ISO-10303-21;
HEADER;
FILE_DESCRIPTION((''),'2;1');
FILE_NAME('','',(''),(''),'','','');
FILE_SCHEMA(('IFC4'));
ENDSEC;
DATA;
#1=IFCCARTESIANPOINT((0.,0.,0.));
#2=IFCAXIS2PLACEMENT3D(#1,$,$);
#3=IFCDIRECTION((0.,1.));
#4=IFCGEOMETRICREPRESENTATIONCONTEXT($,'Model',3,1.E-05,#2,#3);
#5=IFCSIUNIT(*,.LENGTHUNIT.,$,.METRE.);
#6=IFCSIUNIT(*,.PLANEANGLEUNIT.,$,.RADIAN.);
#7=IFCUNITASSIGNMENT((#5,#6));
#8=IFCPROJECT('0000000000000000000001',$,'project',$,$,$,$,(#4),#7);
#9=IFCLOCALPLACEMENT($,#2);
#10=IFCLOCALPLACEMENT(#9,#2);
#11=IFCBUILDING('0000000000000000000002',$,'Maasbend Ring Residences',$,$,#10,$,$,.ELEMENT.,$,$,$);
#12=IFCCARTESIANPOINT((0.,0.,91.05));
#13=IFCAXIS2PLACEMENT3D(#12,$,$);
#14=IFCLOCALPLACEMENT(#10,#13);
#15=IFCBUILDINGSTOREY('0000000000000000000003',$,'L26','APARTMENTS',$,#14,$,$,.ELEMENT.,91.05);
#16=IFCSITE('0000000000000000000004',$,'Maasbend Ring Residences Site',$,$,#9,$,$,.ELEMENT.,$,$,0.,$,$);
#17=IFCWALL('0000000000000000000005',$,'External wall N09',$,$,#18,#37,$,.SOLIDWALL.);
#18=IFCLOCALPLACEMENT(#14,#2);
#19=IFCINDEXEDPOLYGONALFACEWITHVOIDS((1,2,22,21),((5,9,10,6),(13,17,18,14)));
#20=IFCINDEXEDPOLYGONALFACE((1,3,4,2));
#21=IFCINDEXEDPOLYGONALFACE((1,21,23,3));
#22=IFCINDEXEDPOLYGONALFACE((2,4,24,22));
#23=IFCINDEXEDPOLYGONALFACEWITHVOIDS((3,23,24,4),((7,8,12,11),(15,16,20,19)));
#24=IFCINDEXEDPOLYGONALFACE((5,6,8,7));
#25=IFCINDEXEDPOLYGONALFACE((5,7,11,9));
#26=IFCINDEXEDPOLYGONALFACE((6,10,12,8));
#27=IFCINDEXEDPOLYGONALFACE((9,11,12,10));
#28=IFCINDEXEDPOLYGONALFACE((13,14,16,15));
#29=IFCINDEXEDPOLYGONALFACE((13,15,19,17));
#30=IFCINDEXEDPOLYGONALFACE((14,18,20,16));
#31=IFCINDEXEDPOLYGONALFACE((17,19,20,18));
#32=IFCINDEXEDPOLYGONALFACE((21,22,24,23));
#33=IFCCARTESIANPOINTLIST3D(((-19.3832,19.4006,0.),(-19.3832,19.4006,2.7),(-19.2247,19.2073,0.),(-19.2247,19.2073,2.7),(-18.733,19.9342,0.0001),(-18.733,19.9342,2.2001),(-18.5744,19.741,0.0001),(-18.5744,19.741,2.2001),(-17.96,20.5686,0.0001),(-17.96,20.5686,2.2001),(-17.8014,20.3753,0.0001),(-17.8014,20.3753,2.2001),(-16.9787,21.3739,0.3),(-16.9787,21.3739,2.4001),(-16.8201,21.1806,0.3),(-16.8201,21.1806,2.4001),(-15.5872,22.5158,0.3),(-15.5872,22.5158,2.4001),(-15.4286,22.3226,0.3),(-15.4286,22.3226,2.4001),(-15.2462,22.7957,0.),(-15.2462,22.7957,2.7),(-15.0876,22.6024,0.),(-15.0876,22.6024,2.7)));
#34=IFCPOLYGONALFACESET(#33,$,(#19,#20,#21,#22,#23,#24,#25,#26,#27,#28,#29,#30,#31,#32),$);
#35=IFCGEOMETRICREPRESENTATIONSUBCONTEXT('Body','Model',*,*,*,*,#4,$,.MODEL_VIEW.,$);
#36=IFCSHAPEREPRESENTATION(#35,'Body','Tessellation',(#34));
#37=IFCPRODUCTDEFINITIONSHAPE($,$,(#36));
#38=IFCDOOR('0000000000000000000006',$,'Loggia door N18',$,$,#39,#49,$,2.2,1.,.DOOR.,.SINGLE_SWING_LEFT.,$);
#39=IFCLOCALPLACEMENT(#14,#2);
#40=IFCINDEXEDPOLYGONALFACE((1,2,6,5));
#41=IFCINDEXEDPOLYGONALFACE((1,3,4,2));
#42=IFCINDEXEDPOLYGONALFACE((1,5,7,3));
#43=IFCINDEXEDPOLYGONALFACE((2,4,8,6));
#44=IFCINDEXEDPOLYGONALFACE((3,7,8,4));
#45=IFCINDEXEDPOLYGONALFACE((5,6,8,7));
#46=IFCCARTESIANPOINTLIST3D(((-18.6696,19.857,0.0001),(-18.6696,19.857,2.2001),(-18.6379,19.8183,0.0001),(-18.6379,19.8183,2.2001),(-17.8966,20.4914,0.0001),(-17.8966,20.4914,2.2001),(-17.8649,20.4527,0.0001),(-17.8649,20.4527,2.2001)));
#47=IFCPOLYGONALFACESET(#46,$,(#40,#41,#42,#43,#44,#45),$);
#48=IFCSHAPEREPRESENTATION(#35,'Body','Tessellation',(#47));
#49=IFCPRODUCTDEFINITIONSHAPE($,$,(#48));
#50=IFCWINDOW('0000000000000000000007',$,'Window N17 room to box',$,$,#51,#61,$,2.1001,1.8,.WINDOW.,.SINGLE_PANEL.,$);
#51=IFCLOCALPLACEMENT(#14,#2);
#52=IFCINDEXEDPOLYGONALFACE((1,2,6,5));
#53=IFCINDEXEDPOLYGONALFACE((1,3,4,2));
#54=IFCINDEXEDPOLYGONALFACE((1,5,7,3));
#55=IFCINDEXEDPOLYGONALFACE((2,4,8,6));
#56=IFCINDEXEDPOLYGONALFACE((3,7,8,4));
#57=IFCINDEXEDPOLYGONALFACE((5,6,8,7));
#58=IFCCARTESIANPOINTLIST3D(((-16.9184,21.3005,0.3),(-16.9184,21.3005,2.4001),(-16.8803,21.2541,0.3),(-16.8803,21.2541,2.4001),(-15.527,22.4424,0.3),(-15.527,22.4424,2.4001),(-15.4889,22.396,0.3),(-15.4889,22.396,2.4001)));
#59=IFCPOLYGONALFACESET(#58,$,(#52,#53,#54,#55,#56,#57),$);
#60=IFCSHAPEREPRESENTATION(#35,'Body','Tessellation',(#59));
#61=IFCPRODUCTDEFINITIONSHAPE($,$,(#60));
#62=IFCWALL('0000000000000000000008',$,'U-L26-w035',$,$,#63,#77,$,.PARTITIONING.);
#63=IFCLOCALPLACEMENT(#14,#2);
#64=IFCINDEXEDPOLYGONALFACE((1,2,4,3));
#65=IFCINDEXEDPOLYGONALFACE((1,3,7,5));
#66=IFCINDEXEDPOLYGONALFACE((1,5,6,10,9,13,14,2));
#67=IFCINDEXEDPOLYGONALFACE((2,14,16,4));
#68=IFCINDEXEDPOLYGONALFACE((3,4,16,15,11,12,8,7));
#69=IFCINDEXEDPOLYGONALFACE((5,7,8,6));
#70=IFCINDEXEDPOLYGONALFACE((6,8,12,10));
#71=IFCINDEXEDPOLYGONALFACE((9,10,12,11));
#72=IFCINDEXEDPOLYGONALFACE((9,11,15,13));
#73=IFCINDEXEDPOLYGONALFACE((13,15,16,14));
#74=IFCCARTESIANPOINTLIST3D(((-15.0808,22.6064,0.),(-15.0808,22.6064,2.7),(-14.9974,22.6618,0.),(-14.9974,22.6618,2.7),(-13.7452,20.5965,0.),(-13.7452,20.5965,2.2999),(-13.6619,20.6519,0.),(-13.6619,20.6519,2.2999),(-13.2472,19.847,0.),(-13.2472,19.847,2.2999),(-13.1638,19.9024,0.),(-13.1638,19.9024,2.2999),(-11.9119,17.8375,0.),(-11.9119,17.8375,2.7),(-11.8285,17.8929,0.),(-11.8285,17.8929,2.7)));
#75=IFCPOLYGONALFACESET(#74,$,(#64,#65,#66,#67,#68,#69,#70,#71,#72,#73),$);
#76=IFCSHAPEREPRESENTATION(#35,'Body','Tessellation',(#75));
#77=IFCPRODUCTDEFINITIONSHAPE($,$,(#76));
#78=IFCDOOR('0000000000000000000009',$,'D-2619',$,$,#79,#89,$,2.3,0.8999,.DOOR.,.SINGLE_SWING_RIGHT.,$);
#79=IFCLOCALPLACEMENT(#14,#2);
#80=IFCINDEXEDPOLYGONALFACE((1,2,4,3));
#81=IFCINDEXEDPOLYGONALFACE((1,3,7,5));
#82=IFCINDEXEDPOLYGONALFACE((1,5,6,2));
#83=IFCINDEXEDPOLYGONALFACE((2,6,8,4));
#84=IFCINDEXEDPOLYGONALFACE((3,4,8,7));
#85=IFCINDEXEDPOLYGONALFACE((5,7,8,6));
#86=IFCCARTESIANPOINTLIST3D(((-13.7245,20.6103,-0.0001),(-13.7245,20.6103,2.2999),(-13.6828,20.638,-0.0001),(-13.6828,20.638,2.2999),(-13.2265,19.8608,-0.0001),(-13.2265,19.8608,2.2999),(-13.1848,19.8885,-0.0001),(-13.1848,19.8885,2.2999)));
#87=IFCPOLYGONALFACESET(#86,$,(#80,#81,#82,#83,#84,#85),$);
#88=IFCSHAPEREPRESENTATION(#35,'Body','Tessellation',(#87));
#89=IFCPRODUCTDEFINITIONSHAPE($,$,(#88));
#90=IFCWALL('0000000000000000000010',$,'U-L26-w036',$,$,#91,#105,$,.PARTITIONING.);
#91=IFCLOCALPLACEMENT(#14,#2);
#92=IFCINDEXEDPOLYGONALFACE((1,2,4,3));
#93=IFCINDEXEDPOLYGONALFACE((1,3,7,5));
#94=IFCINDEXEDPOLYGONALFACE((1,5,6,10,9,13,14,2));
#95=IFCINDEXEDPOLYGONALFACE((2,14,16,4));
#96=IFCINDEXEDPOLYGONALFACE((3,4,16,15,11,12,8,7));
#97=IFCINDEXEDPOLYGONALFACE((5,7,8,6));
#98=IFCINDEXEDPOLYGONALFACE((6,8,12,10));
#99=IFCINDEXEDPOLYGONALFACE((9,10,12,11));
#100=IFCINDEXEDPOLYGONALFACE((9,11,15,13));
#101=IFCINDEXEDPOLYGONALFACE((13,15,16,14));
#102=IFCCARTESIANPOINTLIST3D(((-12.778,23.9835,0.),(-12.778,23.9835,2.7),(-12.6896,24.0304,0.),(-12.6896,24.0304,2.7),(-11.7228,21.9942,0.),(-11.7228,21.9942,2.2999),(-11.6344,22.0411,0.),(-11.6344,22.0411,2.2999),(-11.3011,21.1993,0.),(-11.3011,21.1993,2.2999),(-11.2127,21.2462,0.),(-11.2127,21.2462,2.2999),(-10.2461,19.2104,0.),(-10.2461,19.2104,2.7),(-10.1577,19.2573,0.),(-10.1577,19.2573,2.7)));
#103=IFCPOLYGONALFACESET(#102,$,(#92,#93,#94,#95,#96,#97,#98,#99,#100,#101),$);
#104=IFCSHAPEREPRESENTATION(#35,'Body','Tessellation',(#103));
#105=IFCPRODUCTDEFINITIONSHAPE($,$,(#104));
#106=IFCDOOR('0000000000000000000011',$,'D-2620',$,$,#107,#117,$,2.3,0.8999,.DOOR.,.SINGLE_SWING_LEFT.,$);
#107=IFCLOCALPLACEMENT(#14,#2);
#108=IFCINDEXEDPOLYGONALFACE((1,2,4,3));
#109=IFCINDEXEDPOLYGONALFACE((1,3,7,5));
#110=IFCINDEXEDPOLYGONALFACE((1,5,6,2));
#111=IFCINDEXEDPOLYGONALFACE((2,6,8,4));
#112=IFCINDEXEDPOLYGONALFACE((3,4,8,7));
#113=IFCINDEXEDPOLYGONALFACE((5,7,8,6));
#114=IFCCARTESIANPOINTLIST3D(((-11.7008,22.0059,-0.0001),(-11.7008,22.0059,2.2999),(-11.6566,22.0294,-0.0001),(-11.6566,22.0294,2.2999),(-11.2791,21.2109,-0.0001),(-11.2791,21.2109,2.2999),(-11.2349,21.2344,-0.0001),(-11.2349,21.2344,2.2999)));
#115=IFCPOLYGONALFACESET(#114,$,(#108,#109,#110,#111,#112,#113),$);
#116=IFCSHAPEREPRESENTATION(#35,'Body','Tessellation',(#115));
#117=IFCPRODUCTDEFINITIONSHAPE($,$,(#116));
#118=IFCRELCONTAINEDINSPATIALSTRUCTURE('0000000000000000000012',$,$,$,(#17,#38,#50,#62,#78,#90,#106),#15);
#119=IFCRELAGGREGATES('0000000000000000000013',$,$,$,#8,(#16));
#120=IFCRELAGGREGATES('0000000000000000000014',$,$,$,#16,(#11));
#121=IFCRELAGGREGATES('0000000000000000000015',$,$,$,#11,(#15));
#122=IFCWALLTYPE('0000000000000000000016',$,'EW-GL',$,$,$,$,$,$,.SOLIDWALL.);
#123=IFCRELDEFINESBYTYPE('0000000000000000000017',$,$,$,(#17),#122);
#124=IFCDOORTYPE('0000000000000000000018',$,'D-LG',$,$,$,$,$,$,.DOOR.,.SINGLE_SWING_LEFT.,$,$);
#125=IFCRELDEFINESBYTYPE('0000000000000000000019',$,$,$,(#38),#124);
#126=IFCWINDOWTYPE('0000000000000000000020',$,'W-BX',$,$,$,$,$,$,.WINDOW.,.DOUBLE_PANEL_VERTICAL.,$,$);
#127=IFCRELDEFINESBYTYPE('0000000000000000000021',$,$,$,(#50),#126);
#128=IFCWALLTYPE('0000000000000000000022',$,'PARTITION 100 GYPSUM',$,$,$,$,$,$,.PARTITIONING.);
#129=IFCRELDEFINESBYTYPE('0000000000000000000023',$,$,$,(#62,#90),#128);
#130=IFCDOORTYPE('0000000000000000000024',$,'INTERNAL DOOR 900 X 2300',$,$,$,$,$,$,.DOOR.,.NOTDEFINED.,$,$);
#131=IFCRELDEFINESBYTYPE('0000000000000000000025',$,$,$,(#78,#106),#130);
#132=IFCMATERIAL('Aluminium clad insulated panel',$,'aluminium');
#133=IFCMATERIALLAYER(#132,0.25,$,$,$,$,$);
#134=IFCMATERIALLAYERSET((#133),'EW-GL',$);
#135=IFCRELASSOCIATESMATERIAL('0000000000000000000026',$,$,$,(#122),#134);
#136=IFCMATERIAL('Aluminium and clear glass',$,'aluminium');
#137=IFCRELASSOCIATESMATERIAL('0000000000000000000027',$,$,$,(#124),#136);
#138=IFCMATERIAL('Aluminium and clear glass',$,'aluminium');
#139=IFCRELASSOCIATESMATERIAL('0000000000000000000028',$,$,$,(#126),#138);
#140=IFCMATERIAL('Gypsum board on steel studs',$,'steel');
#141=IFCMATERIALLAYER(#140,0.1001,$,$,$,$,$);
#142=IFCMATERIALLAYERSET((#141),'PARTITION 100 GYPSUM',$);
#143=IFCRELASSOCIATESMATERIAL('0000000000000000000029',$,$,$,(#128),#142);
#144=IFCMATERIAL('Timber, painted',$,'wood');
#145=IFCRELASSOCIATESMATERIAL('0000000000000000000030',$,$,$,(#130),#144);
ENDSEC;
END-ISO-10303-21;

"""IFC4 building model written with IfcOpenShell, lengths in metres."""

from ifc_helpers import new_model, si_unit, direction, frame, frame_2d, origin, place, context, subcontext, project, spatial, rectangle, extrude, material, layer, layer_set, type_object, element, fill, save


model = new_model("IFC4")

# Units and contexts
model_context = context("Model", 3, precision=1e-05, world=origin(), true_north=direction((0.0, 1.0)))
body_context = subcontext(model_context, "Body", "Model", "MODEL_VIEW")
ifc_project = project(units=[si_unit("LENGTHUNIT", "METRE"), si_unit("PLANEANGLEUNIT", "RADIAN")], contexts=[model_context])

# Site, building, storey
site_placement = place(None, origin())
site = spatial("IfcSite", under=ifc_project, at=site_placement, Name="Maasbend Ring Residences Site", CompositionType="ELEMENT", RefElevation=0.0)
building_placement = place(site_placement, origin())
building = spatial("IfcBuilding", under=site, at=building_placement, Name="Maasbend Ring Residences", CompositionType="ELEMENT")
storey_placement = place(building_placement, frame((0.0, 0.0, 91.05)))
storey = spatial("IfcBuildingStorey", under=building, at=storey_placement, Name="L26", Description="APARTMENTS", CompositionType="ELEMENT", Elevation=91.05)

# Wall, openings, door, window
ifc_material_1 = material(Name="Aluminium clad insulated panel", Category="aluminium")
ifc_layer_1 = layer(ifc_material_1, 0.25)
ifc_layer_set_1 = layer_set([ifc_layer_1], Name="EW-GL")
wall_type_1 = type_object("IfcWallType", Name="EW-GL", PredefinedType="SOLIDWALL", material=ifc_layer_set_1)
ifc_material_2 = material(Name="Aluminium and clear glass", Category="aluminium")
door_type_1 = type_object("IfcDoorType", Name="D-LG", OperationType="SINGLE_SWING_LEFT", PredefinedType="DOOR", material=ifc_material_2)
ifc_material_3 = material(Name="Aluminium and clear glass", Category="aluminium")
window_type_1 = type_object("IfcWindowType", Name="W-BX", PartitioningType="DOUBLE_PANEL_VERTICAL", PredefinedType="WINDOW", material=ifc_material_3)
wall_1_placement = place(storey_placement, frame((-15.167, 22.699, 0.0), z_axis=(0.0, 0.0, 1.0), x_axis=(-0.773019, -0.634382, 0.0)))
wall_1 = element("IfcWall", 1, at=wall_1_placement, inside=storey, type_object=wall_type_1, Name="External wall N09", PredefinedType="SOLIDWALL", context=body_context, shape_type="SweptSolid", body=[
    extrude(rectangle(XDim=5.3518, YDim=0.25, at=frame_2d((2.6758, 0.0))), origin(), (0.0, 0.0, 1.0), 2.7),
])
opening_1_placement = place(wall_1_placement, frame((0.4412, 0.0, 0.3)))
opening_1 = element("IfcOpeningElement", 2, at=opening_1_placement, cuts=wall_1, PredefinedType="OPENING", context=body_context, shape_type="SweptSolid", body=[
    extrude(rectangle(XDim=1.8, YDim=2.1001, at=frame_2d((0.8999, 1.05))), frame((0.0, 0.135, 0.0), z_axis=(0.0, -1.0, 0.0), x_axis=(1.0, 0.0, 0.0)), (0.0, 0.0, 1.0), 0.27),
])
opening_2_placement = place(wall_1_placement, frame((3.5105, 0.0, 0.0)))
opening_2 = element("IfcOpeningElement", 3, at=opening_2_placement, cuts=wall_1, PredefinedType="OPENING", context=body_context, shape_type="SweptSolid", body=[
    extrude(rectangle(XDim=1.0, YDim=2.2, at=frame_2d((0.5, 1.1001))), frame((0.0, 0.135, 0.0), z_axis=(0.0, -1.0, 0.0), x_axis=(1.0, 0.0, 0.0)), (0.0, 0.0, 1.0), 0.27),
])
door_1_placement = place(opening_2_placement, origin())
door_1 = element("IfcDoor", 4, at=door_1_placement, inside=storey, type_object=door_type_1, Name="Loggia door N18", OperationType="SINGLE_SWING_LEFT", OverallHeight=2.2, OverallWidth=1.0, PredefinedType="DOOR", context=body_context, shape_type="SweptSolid", body=[
    extrude(rectangle(XDim=1.0, YDim=2.2, at=frame_2d((0.5, 1.1001))), frame((0.0, 0.0249, 0.0), z_axis=(0.0, -1.0, 0.0), x_axis=(1.0, 0.0, 0.0)), (0.0, 0.0, 1.0), 0.05),
])
fill(opening_2, door_1)
window_1_placement = place(opening_1_placement, origin())
window_1 = element("IfcWindow", 5, at=window_1_placement, inside=storey, type_object=window_type_1, Name="Window N17 room to box", OverallHeight=2.1001, OverallWidth=1.8, PartitioningType="SINGLE_PANEL", PredefinedType="WINDOW", context=body_context, shape_type="SweptSolid", body=[
    extrude(rectangle(XDim=1.8, YDim=2.1001, at=frame_2d((0.8999, 1.05))), frame((0.0, 0.03, 0.0), z_axis=(0.0, -1.0, 0.0), x_axis=(1.0, 0.0, 0.0)), (0.0, 0.0, 1.0), 0.0601),
])
fill(opening_1, window_1)

# Walls, openings, doors
ifc_material_4 = material(Name="Gypsum board on steel studs", Category="steel")
ifc_layer_2 = layer(ifc_material_4, 0.1001)
ifc_layer_set_2 = layer_set([ifc_layer_2], Name="PARTITION 100 GYPSUM")
wall_type_2 = type_object("IfcWallType", Name="PARTITION 100 GYPSUM", PredefinedType="PARTITIONING", material=ifc_layer_set_2)
wall_2_placement = place(storey_placement, frame((-15.0391, 22.634, 0.0), z_axis=(0.0, 0.0, 1.0), x_axis=(0.55344, -0.832889, 0.0)))
wall_2 = element("IfcWall", 6, at=wall_2_placement, inside=storey, type_object=wall_type_2, Name="U-L26-w035", PredefinedType="PARTITIONING", context=body_context, shape_type="SweptSolid", body=[
    extrude(rectangle(XDim=5.7258, YDim=0.1001, at=frame_2d((2.8628, 0.0))), origin(), (0.0, 0.0, 1.0), 2.7),
])
opening_3_placement = place(wall_2_placement, frame((2.4131, 0.0, 0.0)))
opening_3 = element("IfcOpeningElement", 7, at=opening_3_placement, cuts=wall_2, PredefinedType="OPENING", context=body_context, shape_type="SweptSolid", body=[
    extrude(rectangle(XDim=0.8999, YDim=2.3, at=frame_2d((0.45, 1.1499))), frame((0.0, 0.0601, 0.0), z_axis=(0.0, -1.0, 0.0), x_axis=(1.0, 0.0, 0.0)), (0.0, 0.0, 1.0), 0.1201),
])
ifc_material_5 = material(Name="Timber, painted", Category="wood")
door_type_2 = type_object("IfcDoorType", Name="INTERNAL DOOR 900 X 2300", OperationType="NOTDEFINED", PredefinedType="DOOR", material=ifc_material_5)
door_2_placement = place(opening_3_placement, origin())
door_2 = element("IfcDoor", 8, at=door_2_placement, inside=storey, type_object=door_type_2, Name="D-2619", OperationType="SINGLE_SWING_RIGHT", OverallHeight=2.3, OverallWidth=0.8999, PredefinedType="DOOR", context=body_context, shape_type="SweptSolid", body=[
    extrude(rectangle(XDim=0.8999, YDim=2.3, at=frame_2d((0.45, 1.1499))), frame((0.0, 0.0249, 0.0), z_axis=(0.0, -1.0, 0.0), x_axis=(1.0, 0.0, 0.0)), (0.0, 0.0, 1.0), 0.05),
])
fill(opening_3, door_2)
wall_3_placement = place(storey_placement, frame((-12.7339, 24.0071, 0.0), z_axis=(0.0, 0.0, 1.0), x_axis=(0.46861, -0.883405, 0.0)))
wall_3 = element("IfcWall", 9, at=wall_3_placement, inside=storey, type_object=wall_type_2, Name="U-L26-w036", PredefinedType="PARTITIONING", context=body_context, shape_type="SweptSolid", body=[
    extrude(rectangle(XDim=5.4031, YDim=0.1001, at=frame_2d((2.7017, 0.0))), origin(), (0.0, 0.0, 1.0), 2.7),
])
opening_4_placement = place(wall_3_placement, frame((2.252, 0.0, 0.0)))
opening_4 = element("IfcOpeningElement", 10, at=opening_4_placement, cuts=wall_3, PredefinedType="OPENING", context=body_context, shape_type="SweptSolid", body=[
    extrude(rectangle(XDim=0.8999, YDim=2.3, at=frame_2d((0.45, 1.1499))), frame((0.0, 0.0601, 0.0), z_axis=(0.0, -1.0, 0.0), x_axis=(1.0, 0.0, 0.0)), (0.0, 0.0, 1.0), 0.1201),
])
door_3_placement = place(opening_4_placement, origin())
door_3 = element("IfcDoor", 11, at=door_3_placement, inside=storey, type_object=door_type_2, Name="D-2620", OperationType="SINGLE_SWING_LEFT", OverallHeight=2.3, OverallWidth=0.8999, PredefinedType="DOOR", context=body_context, shape_type="SweptSolid", body=[
    extrude(rectangle(XDim=0.8999, YDim=2.3, at=frame_2d((0.45, 1.1499))), frame((0.0, 0.0249, 0.0), z_axis=(0.0, -1.0, 0.0), x_axis=(1.0, 0.0, 0.0)), (0.0, 0.0, 1.0), 0.05),
])
fill(opening_4, door_3)

save(model, "model.ifc")
